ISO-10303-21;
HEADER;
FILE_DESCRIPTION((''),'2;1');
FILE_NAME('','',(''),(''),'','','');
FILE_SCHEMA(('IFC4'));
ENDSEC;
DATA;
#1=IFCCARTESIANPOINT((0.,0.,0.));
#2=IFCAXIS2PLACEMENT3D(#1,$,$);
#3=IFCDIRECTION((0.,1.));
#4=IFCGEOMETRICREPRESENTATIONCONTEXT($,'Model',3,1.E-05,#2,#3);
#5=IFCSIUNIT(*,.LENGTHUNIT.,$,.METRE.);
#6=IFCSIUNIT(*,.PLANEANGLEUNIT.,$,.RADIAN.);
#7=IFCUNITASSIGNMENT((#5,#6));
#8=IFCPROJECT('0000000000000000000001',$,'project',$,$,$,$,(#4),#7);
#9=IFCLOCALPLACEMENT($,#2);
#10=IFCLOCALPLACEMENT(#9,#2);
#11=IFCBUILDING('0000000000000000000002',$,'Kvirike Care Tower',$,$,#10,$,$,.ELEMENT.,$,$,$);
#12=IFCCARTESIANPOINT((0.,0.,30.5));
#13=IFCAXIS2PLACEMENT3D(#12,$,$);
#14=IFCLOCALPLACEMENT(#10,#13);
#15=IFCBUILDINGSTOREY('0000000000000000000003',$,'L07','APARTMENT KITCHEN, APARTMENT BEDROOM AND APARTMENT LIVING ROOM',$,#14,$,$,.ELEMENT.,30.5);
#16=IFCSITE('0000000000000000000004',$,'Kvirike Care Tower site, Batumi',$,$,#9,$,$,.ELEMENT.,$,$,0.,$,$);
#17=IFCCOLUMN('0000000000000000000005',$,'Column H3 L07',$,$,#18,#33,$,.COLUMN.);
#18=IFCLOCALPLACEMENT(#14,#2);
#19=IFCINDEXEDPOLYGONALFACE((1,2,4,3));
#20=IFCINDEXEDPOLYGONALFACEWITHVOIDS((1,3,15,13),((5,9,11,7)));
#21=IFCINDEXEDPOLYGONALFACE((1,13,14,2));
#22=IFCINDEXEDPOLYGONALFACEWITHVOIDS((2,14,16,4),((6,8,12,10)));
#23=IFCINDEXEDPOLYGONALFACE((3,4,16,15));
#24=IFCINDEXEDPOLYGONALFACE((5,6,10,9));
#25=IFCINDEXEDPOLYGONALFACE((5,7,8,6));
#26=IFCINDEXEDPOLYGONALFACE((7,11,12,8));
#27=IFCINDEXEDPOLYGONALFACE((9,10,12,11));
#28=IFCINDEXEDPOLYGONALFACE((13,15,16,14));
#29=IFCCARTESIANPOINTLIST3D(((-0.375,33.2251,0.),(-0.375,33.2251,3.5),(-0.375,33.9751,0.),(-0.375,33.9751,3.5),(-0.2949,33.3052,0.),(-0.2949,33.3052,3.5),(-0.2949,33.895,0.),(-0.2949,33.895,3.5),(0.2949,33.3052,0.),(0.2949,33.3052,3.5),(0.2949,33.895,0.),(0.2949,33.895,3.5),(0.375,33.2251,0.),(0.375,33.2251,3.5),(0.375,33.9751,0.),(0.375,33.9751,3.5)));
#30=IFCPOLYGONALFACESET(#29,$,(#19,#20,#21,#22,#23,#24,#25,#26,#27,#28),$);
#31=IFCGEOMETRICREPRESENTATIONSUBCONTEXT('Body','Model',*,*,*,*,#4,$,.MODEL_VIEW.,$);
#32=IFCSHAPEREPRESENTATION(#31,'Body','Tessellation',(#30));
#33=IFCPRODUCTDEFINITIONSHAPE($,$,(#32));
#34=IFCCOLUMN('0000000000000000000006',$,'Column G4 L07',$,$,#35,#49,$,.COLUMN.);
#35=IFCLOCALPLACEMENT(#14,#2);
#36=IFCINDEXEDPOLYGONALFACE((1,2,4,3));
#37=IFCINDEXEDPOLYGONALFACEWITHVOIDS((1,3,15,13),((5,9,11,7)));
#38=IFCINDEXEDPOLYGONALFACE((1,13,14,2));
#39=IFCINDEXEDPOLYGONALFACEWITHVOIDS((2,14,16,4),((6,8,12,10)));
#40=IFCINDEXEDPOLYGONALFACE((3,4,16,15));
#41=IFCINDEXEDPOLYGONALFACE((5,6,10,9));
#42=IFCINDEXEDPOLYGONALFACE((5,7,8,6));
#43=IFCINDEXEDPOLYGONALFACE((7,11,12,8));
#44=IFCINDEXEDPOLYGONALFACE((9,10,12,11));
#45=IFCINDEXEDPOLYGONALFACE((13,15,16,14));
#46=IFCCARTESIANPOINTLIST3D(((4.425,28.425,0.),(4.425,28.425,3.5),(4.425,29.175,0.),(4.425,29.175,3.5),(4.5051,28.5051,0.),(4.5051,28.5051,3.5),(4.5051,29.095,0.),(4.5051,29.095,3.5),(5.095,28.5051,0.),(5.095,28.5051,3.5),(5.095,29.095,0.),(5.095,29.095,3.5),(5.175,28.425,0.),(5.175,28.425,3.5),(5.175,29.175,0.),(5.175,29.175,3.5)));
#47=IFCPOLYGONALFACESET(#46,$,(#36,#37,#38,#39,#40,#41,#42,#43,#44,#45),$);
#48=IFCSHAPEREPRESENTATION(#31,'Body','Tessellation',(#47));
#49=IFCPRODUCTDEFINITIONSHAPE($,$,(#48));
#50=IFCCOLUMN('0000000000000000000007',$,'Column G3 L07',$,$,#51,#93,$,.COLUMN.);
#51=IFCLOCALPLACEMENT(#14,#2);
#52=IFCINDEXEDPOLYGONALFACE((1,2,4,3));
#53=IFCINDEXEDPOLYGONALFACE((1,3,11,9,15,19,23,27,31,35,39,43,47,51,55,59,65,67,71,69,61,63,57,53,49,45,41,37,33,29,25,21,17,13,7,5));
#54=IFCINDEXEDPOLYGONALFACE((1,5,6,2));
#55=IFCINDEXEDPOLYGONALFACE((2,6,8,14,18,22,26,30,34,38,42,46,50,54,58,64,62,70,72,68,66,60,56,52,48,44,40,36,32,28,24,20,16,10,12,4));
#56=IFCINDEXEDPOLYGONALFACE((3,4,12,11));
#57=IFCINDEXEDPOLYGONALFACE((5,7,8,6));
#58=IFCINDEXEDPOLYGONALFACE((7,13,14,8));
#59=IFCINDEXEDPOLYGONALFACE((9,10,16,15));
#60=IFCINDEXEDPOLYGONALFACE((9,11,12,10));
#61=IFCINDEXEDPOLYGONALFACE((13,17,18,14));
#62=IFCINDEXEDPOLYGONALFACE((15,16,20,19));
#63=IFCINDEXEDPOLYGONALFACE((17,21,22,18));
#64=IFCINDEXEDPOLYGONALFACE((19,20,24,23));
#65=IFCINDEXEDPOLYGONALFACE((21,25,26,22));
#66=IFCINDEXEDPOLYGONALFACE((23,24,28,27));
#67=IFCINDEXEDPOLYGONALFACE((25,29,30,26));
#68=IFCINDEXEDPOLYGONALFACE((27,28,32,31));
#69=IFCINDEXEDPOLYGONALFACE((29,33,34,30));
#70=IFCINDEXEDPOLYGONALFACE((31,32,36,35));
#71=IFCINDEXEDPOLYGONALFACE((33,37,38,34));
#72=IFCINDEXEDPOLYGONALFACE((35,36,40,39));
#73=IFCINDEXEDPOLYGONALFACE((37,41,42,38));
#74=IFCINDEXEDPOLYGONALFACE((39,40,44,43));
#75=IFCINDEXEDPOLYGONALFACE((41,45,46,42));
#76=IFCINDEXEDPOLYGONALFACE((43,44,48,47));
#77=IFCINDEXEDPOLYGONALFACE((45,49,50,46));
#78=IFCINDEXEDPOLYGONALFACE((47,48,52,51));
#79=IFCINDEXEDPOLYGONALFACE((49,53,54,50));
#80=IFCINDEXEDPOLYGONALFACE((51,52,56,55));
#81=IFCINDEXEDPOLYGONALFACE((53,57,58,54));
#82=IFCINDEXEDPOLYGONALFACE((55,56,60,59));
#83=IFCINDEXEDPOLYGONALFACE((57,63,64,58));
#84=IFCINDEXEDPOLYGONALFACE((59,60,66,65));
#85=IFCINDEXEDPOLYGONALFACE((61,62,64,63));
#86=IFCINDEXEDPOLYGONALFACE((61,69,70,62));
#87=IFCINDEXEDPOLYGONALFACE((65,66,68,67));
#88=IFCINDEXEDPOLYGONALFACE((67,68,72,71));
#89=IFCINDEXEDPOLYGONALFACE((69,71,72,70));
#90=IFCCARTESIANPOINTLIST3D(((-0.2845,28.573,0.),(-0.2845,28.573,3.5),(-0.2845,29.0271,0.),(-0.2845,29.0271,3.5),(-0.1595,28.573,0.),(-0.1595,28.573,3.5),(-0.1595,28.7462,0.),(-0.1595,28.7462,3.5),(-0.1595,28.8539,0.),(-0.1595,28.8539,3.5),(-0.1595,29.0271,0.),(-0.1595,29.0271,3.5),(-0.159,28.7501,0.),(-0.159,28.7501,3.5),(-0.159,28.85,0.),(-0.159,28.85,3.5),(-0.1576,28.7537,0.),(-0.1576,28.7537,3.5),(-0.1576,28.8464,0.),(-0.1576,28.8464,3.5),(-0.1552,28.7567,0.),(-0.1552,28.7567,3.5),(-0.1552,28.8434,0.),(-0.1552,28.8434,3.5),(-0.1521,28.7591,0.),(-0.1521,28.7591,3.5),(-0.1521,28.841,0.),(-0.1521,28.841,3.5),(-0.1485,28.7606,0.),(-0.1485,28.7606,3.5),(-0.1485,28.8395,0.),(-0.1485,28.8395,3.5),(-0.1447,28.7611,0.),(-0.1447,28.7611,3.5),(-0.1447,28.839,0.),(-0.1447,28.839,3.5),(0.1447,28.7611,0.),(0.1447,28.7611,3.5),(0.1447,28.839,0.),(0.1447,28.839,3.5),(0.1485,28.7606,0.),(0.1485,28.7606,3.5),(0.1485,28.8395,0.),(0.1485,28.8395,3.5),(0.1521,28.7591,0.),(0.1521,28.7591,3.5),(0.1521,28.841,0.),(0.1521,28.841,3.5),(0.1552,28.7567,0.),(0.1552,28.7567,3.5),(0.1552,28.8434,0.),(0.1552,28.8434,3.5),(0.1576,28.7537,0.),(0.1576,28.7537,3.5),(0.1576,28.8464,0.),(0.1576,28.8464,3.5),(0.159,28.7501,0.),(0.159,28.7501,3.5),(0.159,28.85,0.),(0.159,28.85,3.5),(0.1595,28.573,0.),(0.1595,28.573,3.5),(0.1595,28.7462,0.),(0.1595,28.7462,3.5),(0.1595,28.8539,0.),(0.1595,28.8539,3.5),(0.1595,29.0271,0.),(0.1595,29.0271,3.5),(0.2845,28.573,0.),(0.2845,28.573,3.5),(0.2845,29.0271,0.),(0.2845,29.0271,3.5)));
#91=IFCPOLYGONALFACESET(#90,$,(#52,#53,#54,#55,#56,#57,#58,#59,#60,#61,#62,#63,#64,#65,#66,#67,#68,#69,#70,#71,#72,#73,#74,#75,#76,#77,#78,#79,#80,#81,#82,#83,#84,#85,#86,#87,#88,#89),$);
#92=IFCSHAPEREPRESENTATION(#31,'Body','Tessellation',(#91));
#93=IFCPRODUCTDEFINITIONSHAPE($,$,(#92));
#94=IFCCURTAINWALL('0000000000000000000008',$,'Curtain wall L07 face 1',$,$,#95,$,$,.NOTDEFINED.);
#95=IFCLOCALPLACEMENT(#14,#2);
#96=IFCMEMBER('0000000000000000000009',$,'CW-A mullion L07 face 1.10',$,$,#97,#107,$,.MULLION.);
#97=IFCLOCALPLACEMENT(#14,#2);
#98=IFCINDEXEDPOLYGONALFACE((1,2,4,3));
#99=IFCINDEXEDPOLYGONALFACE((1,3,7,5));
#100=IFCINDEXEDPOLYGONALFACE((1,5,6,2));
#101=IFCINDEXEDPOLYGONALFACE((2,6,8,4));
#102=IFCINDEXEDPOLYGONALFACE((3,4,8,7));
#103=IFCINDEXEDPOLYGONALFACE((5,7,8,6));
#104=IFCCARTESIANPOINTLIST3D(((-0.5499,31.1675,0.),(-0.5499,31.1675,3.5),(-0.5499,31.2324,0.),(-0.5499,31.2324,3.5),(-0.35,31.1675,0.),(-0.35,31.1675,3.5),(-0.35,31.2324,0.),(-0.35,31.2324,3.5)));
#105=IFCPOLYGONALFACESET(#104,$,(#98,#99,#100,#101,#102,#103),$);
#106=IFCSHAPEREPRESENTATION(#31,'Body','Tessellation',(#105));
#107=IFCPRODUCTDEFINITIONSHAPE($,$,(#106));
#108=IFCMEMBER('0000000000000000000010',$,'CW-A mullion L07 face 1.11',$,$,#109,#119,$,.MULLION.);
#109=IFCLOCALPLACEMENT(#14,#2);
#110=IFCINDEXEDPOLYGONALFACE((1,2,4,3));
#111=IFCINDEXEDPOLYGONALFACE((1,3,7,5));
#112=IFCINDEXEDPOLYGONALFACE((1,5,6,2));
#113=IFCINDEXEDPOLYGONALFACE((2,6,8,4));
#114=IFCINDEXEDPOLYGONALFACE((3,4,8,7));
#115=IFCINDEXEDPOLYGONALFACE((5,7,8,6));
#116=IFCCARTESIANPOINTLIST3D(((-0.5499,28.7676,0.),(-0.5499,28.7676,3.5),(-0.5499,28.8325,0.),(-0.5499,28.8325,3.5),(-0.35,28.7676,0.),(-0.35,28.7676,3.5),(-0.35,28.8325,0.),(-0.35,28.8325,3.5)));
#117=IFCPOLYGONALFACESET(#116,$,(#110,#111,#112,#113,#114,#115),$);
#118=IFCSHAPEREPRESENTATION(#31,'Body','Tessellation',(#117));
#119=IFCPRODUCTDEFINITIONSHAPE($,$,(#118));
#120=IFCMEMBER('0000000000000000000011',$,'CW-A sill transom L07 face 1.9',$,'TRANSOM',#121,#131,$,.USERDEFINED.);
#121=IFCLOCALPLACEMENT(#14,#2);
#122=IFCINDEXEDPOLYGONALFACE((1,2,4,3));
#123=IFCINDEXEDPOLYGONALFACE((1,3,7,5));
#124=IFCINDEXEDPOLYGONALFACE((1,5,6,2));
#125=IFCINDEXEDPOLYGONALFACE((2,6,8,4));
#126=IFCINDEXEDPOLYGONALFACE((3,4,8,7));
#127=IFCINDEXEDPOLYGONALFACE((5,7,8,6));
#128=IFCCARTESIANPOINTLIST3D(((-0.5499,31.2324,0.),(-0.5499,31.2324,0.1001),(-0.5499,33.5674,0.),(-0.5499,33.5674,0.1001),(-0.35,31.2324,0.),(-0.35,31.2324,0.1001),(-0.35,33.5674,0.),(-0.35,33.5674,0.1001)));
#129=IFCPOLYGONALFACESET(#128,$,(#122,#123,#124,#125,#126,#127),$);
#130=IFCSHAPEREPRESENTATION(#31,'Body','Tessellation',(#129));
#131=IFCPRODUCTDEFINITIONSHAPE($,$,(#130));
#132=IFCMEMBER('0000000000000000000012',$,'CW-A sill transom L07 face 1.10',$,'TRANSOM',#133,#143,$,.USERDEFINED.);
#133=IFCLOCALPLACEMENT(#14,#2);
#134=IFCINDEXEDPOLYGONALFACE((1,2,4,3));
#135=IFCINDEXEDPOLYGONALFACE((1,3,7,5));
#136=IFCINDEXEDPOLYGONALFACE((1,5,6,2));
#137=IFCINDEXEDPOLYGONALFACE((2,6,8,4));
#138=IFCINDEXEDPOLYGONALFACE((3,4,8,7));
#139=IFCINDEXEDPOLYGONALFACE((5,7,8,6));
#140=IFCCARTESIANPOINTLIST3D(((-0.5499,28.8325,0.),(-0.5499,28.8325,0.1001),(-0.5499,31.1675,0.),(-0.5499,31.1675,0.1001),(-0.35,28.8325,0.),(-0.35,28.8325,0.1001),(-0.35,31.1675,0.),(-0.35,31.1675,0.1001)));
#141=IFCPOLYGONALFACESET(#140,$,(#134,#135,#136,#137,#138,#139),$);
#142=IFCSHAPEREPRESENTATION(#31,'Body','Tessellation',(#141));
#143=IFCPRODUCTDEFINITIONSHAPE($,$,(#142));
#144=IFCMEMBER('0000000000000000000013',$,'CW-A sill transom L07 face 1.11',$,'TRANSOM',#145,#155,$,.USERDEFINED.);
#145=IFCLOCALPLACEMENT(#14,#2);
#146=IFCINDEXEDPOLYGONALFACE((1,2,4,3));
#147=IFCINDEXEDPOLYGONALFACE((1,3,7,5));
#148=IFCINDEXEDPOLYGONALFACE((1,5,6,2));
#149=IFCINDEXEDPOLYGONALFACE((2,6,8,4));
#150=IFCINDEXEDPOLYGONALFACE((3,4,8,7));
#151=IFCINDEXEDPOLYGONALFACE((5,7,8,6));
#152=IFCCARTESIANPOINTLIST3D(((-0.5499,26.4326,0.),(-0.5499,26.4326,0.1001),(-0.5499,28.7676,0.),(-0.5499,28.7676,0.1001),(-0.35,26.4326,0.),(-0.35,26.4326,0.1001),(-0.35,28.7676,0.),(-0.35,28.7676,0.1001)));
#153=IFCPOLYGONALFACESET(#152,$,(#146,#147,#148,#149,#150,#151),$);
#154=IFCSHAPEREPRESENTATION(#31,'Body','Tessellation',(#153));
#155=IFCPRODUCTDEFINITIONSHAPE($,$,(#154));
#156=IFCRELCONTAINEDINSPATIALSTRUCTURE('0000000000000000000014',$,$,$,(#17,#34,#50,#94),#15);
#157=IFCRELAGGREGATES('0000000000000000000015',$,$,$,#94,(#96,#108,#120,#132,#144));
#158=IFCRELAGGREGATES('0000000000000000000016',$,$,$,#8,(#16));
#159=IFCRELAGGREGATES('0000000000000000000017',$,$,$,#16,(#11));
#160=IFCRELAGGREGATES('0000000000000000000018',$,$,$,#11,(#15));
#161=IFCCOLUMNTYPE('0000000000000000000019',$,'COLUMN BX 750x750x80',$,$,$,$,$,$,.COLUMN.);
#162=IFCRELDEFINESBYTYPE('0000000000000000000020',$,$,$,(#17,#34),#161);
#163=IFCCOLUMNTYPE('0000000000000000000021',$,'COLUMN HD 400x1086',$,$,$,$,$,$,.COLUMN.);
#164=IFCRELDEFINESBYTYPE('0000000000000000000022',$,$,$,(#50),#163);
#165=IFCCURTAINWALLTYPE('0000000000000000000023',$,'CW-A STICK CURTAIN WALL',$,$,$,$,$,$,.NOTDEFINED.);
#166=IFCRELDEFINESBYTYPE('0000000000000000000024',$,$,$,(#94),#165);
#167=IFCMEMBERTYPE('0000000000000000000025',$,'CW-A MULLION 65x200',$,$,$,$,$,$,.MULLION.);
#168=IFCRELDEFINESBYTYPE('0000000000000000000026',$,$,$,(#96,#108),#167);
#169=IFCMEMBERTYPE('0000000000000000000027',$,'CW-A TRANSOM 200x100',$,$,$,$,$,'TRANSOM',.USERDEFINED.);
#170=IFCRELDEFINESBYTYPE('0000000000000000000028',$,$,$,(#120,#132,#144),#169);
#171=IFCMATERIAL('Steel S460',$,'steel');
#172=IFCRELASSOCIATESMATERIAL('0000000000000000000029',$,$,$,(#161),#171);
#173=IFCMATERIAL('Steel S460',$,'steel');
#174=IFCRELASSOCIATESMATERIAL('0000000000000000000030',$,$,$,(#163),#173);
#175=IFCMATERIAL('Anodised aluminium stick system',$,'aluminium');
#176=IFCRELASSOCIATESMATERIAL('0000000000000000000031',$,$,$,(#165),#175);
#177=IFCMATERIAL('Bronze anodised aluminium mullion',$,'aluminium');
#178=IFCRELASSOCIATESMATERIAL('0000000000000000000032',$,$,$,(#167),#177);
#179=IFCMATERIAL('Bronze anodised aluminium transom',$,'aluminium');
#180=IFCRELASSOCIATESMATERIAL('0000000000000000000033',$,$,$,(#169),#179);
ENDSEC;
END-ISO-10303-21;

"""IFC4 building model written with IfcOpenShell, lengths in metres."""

from ifc_helpers import new_model, si_unit, direction, frame, origin, origin_2d, place, context, subcontext, project, spatial, rectangle, hollow_rectangle, i_section, extrude, material, material_profile, profile_set, type_object, element, aggregate, save


model = new_model("IFC4")

# Units and contexts
model_context = context("Model", 3, precision=1e-05, world=origin(), true_north=direction((0.0, 1.0)))
body_context = subcontext(model_context, "Body", "Model", "MODEL_VIEW")
ifc_project = project(units=[si_unit("LENGTHUNIT", "METRE"), si_unit("PLANEANGLEUNIT", "RADIAN")], contexts=[model_context])

# Site, building, storey
site_placement = place(None, origin())
site = spatial("IfcSite", under=ifc_project, at=site_placement, Name="Kvirike Care Tower site, Batumi", CompositionType="ELEMENT", RefElevation=0.0)
building_placement = place(site_placement, origin())
building = spatial("IfcBuilding", under=site, at=building_placement, Name="Kvirike Care Tower", CompositionType="ELEMENT")
storey_placement = place(building_placement, frame((0.0, 0.0, 30.5)))
storey = spatial("IfcBuildingStorey", under=building, at=storey_placement, Name="L07", Description="APARTMENT KITCHEN, APARTMENT BEDROOM AND APARTMENT LIVING ROOM", CompositionType="ELEMENT", Elevation=30.5)

# Columns
ifc_material_1 = material(Name="Steel S460", Category="steel")
ifc_material_profile_1 = material_profile(ifc_material_1, hollow_rectangle(XDim=0.75, YDim=0.75, WallThickness=0.0801, at=origin_2d()), Name="BX 750x750x80")
ifc_profile_set_1 = profile_set([ifc_material_profile_1], Name="Steel S460")
column_type_1 = type_object("IfcColumnType", Name="COLUMN BX 750x750x80", PredefinedType="COLUMN", material=ifc_profile_set_1)
for number, where, z_axis, x_axis, name in (
    (1, (0.0, 33.6001, 0.0), (0.0, 0.0, 1.0), (1.0, 0.0, 0.0), "Column H3 L07"),
    (2, (4.8, 28.8, 0.0), (0.0, 0.0, 1.0), (0.0, 1.0, 0.0), "Column G4 L07"),
):
    element("IfcColumn", number, at=place(storey_placement, frame(where, z_axis=z_axis, x_axis=x_axis)), inside=storey, type_object=column_type_1, Name=name, PredefinedType="COLUMN", context=body_context, shape_type="SweptSolid", body=[
        extrude(hollow_rectangle(XDim=0.75, YDim=0.75, WallThickness=0.0801, at=origin_2d()), origin(), (0.0, 0.0, 1.0), 3.5),
    ])
ifc_material_2 = material(Name="Steel S460", Category="steel")
ifc_material_profile_2 = material_profile(ifc_material_2, i_section(OverallWidth=0.4541, OverallDepth=0.5691, WebThickness=0.0779, FlangeThickness=0.125, FilletRadius=0.0149, at=origin_2d()), Name="HD 400x1086")
ifc_profile_set_2 = profile_set([ifc_material_profile_2], Name="Steel S460")
column_type_2 = type_object("IfcColumnType", Name="COLUMN HD 400x1086", PredefinedType="COLUMN", material=ifc_profile_set_2)
column_placement = place(storey_placement, frame((0.0, 28.8, 0.0), z_axis=(0.0, 0.0, 1.0), x_axis=(0.0, 1.0, 0.0)))
element("IfcColumn", 3, at=column_placement, inside=storey, type_object=column_type_2, Name="Column G3 L07", PredefinedType="COLUMN", context=body_context, shape_type="SweptSolid", body=[
    extrude(i_section(OverallWidth=0.4541, OverallDepth=0.5691, WebThickness=0.0779, FlangeThickness=0.125, FilletRadius=0.0149, at=origin_2d()), origin(), (0.0, 0.0, 1.0), 3.5),
])

# Curtain wall, members
ifc_material_3 = material(Name="Anodised aluminium stick system", Category="aluminium")
curtain_wall_type = type_object("IfcCurtainWallType", Name="CW-A STICK CURTAIN WALL", PredefinedType="NOTDEFINED", material=ifc_material_3)
curtain_wall_placement = place(storey_placement, origin())
curtain_wall = element("IfcCurtainWall", 4, at=curtain_wall_placement, inside=storey, type_object=curtain_wall_type, Name="Curtain wall L07 face 1", PredefinedType="NOTDEFINED")
ifc_material_4 = material(Name="Bronze anodised aluminium mullion", Category="aluminium")
ifc_material_profile_3 = material_profile(ifc_material_4, rectangle(XDim=0.0649, YDim=0.2, at=origin_2d()), Name="CW-A MULLION 65x200")
ifc_profile_set_3 = profile_set([ifc_material_profile_3], Name="Bronze anodised aluminium mullion")
member_type_1 = type_object("IfcMemberType", Name="CW-A MULLION 65x200", PredefinedType="MULLION", material=ifc_profile_set_3)
member_1_placement = place(storey_placement, frame((-0.45, 31.2, 0.0), z_axis=(0.0, 0.0, 1.0), x_axis=(0.0, -1.0, 0.0)))
member_1 = element("IfcMember", 5, at=member_1_placement, type_object=member_type_1, Name="CW-A mullion L07 face 1.10", PredefinedType="MULLION", context=body_context, shape_type="SweptSolid", body=[
    extrude(rectangle(XDim=0.0649, YDim=0.2, at=origin_2d()), origin(), (0.0, 0.0, 1.0), 3.5),
])
member_2_placement = place(storey_placement, frame((-0.45, 28.8, 0.0), z_axis=(0.0, 0.0, 1.0), x_axis=(0.0, -1.0, 0.0)))
member_2 = element("IfcMember", 6, at=member_2_placement, type_object=member_type_1, Name="CW-A mullion L07 face 1.11", PredefinedType="MULLION", context=body_context, shape_type="SweptSolid", body=[
    extrude(rectangle(XDim=0.0649, YDim=0.2, at=origin_2d()), origin(), (0.0, 0.0, 1.0), 3.5),
])
ifc_material_5 = material(Name="Bronze anodised aluminium transom", Category="aluminium")
ifc_material_profile_4 = material_profile(ifc_material_5, rectangle(XDim=0.2, YDim=0.1001, at=origin_2d()), Name="CW-A TRANSOM 200x100")
ifc_profile_set_4 = profile_set([ifc_material_profile_4], Name="Bronze anodised aluminium transom")
member_type_2 = type_object("IfcMemberType", Name="CW-A TRANSOM 200x100", ElementType="TRANSOM", PredefinedType="USERDEFINED", material=ifc_profile_set_4)
member_3_placement = place(storey_placement, frame((-0.45, 33.5674, 0.05), z_axis=(0.0, -1.0, 0.0), x_axis=(1.0, 0.0, 0.0)))
member_3 = element("IfcMember", 7, at=member_3_placement, type_object=member_type_2, Name="CW-A sill transom L07 face 1.9", ObjectType="TRANSOM", PredefinedType="USERDEFINED", context=body_context, shape_type="SweptSolid", body=[
    extrude(rectangle(XDim=0.2, YDim=0.1001, at=origin_2d()), origin(), (0.0, 0.0, 1.0), 2.335),
])
member_4_placement = place(storey_placement, frame((-0.45, 31.1675, 0.05), z_axis=(0.0, -1.0, 0.0), x_axis=(1.0, 0.0, 0.0)))
member_4 = element("IfcMember", 8, at=member_4_placement, type_object=member_type_2, Name="CW-A sill transom L07 face 1.10", ObjectType="TRANSOM", PredefinedType="USERDEFINED", context=body_context, shape_type="SweptSolid", body=[
    extrude(rectangle(XDim=0.2, YDim=0.1001, at=origin_2d()), origin(), (0.0, 0.0, 1.0), 2.335),
])
member_5_placement = place(storey_placement, frame((-0.45, 28.7676, 0.05), z_axis=(0.0, -1.0, 0.0), x_axis=(1.0, 0.0, 0.0)))
member_5 = element("IfcMember", 9, at=member_5_placement, type_object=member_type_2, Name="CW-A sill transom L07 face 1.11", ObjectType="TRANSOM", PredefinedType="USERDEFINED", context=body_context, shape_type="SweptSolid", body=[
    extrude(rectangle(XDim=0.2, YDim=0.1001, at=origin_2d()), origin(), (0.0, 0.0, 1.0), 2.335),
])

aggregate(curtain_wall, [member_1, member_2, member_3, member_4, member_5])

save(model, "model.ifc")
